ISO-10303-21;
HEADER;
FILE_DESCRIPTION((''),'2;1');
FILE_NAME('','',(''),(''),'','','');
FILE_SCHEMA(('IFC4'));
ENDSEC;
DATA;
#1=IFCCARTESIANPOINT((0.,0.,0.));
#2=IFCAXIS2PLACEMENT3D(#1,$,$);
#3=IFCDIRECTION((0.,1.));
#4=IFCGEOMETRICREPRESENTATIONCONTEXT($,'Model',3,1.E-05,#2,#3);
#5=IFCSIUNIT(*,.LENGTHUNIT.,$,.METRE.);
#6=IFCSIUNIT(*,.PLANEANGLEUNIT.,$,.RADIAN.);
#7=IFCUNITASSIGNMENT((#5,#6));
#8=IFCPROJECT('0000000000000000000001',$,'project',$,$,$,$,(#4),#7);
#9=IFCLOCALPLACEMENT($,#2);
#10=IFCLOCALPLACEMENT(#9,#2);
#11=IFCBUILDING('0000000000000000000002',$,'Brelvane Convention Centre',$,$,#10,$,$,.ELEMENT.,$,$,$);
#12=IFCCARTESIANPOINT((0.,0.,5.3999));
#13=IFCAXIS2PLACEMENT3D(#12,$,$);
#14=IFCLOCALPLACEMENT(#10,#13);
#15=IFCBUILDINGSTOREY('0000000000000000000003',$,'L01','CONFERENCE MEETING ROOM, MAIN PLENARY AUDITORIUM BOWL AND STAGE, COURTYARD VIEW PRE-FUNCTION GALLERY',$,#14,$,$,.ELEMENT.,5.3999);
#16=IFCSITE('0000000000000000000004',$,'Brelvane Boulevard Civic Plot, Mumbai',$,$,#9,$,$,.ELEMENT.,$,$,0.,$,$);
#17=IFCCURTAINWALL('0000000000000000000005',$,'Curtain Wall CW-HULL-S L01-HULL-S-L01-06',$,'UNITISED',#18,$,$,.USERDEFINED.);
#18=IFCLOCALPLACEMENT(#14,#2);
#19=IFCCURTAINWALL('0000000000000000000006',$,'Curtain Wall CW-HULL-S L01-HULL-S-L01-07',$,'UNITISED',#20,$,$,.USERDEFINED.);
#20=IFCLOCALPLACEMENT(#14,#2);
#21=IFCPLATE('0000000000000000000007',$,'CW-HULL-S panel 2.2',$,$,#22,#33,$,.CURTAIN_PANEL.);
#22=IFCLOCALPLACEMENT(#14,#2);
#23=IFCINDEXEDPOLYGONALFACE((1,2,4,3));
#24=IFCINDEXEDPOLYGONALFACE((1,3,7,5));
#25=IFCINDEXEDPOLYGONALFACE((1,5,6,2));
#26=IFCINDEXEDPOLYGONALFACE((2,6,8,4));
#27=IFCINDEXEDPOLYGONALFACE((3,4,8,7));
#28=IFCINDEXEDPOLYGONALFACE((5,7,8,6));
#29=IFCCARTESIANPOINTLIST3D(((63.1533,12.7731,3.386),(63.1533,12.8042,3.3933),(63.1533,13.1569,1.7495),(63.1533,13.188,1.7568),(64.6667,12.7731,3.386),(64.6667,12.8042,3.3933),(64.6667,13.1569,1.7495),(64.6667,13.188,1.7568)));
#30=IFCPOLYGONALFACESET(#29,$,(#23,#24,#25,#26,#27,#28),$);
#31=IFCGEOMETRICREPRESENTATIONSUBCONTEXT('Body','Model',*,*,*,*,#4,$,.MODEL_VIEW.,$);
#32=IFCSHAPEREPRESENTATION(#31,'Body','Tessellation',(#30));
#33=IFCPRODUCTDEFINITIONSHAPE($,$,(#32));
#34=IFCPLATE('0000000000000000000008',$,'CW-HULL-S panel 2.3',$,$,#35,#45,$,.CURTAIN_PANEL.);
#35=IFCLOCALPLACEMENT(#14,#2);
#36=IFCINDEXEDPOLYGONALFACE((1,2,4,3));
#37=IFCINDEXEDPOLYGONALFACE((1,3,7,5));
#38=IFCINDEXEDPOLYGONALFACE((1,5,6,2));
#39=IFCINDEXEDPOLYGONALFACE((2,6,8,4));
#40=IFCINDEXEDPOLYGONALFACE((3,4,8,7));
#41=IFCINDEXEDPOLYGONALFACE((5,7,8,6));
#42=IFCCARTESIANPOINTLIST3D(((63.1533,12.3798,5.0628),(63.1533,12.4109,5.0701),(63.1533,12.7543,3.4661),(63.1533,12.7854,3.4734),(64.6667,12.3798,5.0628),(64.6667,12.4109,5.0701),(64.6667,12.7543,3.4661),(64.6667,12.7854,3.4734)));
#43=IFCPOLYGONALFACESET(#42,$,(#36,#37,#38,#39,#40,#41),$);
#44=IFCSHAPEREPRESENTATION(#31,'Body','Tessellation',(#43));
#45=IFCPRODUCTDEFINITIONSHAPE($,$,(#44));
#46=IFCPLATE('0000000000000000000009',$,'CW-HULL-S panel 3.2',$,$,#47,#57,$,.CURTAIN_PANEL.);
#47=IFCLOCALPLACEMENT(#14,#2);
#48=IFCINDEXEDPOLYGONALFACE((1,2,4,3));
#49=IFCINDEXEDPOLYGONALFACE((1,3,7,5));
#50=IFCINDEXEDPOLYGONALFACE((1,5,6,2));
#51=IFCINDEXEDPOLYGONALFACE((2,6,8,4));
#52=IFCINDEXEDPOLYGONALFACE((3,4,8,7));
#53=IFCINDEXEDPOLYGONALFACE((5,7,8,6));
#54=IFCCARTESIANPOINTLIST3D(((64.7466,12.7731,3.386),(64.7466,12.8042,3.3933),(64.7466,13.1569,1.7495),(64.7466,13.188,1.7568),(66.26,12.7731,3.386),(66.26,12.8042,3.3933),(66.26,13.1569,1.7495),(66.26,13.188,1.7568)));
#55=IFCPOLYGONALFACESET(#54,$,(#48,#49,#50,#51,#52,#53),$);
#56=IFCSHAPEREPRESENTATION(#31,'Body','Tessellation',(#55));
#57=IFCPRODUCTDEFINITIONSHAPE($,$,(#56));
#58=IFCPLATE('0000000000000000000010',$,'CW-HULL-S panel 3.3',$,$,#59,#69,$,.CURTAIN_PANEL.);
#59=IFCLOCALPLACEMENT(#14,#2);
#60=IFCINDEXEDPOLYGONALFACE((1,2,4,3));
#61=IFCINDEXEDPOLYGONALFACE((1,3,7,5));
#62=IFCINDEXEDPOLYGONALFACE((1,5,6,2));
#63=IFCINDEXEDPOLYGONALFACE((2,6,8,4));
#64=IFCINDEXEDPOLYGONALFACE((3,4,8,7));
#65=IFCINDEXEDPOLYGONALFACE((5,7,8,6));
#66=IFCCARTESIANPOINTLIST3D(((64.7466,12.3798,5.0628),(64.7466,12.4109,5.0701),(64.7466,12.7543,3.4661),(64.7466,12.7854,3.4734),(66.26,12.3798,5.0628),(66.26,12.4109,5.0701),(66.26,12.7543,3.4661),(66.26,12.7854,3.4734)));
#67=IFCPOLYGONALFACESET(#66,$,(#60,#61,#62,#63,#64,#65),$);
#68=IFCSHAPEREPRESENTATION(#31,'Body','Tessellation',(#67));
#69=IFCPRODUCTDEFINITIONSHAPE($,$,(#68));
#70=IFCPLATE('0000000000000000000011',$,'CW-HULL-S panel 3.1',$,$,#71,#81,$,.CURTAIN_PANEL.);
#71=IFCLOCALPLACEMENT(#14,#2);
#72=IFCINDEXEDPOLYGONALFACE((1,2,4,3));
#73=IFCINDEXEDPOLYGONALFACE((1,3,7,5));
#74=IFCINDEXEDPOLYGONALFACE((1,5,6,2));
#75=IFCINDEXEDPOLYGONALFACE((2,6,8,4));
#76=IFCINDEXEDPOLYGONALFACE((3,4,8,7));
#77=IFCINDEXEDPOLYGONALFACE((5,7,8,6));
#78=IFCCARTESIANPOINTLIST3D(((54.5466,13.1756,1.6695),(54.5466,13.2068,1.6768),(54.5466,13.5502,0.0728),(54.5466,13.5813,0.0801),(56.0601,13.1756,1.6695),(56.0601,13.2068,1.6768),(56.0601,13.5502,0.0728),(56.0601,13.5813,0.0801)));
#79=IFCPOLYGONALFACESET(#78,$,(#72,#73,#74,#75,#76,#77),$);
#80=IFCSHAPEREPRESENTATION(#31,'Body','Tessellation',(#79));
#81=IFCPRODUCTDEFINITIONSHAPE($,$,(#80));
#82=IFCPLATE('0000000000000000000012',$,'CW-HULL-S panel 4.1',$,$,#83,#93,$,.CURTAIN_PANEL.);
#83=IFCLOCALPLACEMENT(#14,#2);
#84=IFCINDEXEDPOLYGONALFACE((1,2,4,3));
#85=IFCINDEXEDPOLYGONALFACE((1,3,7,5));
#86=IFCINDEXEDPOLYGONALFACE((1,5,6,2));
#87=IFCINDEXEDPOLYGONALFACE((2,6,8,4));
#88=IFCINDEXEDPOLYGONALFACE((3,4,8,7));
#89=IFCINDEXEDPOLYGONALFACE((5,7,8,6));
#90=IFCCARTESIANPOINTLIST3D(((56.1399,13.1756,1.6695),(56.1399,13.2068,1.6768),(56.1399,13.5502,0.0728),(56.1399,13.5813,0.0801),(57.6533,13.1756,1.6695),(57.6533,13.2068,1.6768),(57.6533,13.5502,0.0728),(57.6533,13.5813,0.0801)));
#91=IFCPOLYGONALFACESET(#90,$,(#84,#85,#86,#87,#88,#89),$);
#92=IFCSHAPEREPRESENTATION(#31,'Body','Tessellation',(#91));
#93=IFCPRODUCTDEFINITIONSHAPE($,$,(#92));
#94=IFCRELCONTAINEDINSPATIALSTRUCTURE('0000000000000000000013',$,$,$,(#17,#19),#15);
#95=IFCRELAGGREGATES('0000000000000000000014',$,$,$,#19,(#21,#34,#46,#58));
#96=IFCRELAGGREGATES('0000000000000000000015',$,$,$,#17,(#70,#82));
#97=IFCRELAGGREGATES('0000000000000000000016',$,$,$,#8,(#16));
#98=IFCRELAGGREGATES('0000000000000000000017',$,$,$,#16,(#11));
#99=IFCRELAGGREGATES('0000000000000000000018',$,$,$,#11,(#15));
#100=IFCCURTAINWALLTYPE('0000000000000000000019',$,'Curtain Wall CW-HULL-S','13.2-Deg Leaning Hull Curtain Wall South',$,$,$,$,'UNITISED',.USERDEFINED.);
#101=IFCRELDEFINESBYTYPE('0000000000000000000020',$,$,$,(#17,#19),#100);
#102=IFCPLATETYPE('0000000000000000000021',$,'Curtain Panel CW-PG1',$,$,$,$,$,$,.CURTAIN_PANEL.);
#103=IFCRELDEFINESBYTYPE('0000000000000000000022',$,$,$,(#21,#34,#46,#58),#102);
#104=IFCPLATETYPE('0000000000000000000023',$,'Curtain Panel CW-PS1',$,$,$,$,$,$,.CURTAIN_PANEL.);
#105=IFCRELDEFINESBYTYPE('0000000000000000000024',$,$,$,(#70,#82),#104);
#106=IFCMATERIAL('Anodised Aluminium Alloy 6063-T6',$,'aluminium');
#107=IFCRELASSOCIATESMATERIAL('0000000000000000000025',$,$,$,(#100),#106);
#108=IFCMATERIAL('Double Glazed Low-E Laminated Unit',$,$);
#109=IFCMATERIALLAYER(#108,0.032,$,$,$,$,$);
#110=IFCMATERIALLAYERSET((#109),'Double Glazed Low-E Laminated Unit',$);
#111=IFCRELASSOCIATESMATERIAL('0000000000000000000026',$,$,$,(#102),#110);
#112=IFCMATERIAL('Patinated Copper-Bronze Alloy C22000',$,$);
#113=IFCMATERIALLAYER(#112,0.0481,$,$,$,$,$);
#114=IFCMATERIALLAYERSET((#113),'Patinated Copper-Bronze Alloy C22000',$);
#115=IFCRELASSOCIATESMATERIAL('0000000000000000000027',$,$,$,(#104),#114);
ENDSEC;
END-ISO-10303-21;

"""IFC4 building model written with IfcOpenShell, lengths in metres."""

from ifc_helpers import new_model, si_unit, direction, frame, origin, place, context, subcontext, project, spatial, polyline, outline, extrude, material, layer, layer_set, type_object, element, aggregate, save


model = new_model("IFC4")

# Units and contexts
model_context = context("Model", 3, precision=1e-05, world=origin(), true_north=direction((0.0, 1.0)))
body_context = subcontext(model_context, "Body", "Model", "MODEL_VIEW")
ifc_project = project(units=[si_unit("LENGTHUNIT", "METRE"), si_unit("PLANEANGLEUNIT", "RADIAN")], contexts=[model_context])

# Site, building, storey
site_placement = place(None, origin())
site = spatial("IfcSite", under=ifc_project, at=site_placement, Name="Brelvane Boulevard Civic Plot, Mumbai", CompositionType="ELEMENT", RefElevation=0.0)
building_placement = place(site_placement, origin())
building = spatial("IfcBuilding", under=site, at=building_placement, Name="Brelvane Convention Centre", CompositionType="ELEMENT")
storey_placement = place(building_placement, frame((0.0, 0.0, 5.3999)))
storey = spatial("IfcBuildingStorey", under=building, at=storey_placement, Name="L01", Description="CONFERENCE MEETING ROOM, MAIN PLENARY AUDITORIUM BOWL AND STAGE, COURTYARD VIEW PRE-FUNCTION GALLERY", CompositionType="ELEMENT", Elevation=5.3999)

# Curtain walls
ifc_material_1 = material(Name="Anodised Aluminium Alloy 6063-T6", Category="aluminium")
curtain_wall_type = type_object("IfcCurtainWallType", Name="Curtain Wall CW-HULL-S", Description="13.2-Deg Leaning Hull Curtain Wall South", ElementType="UNITISED", PredefinedType="USERDEFINED", material=ifc_material_1)
curtain_wall_1_placement = place(storey_placement, origin())
curtain_wall_1 = element("IfcCurtainWall", 1, at=curtain_wall_1_placement, inside=storey, type_object=curtain_wall_type, Name="Curtain Wall CW-HULL-S L01-HULL-S-L01-06", ObjectType="UNITISED", PredefinedType="USERDEFINED")
curtain_wall_2_placement = place(storey_placement, origin())
curtain_wall_2 = element("IfcCurtainWall", 2, at=curtain_wall_2_placement, inside=storey, type_object=curtain_wall_type, Name="Curtain Wall CW-HULL-S L01-HULL-S-L01-07", ObjectType="UNITISED", PredefinedType="USERDEFINED")

# Plates
ifc_material_2 = material(Name="Double Glazed Low-E Laminated Unit")
ifc_layer_1 = layer(ifc_material_2, 0.032)
ifc_layer_set_1 = layer_set([ifc_layer_1], Name="Double Glazed Low-E Laminated Unit")
plate_type_1 = type_object("IfcPlateType", Name="Curtain Panel CW-PG1", PredefinedType="CURTAIN_PANEL", material=ifc_layer_set_1)
plate_1_placement = place(storey_placement, frame((63.1533, 13.188, 1.7568), z_axis=(0.0, 0.973585, 0.228327), x_axis=(1.0, 0.0, 0.0)))
plate_1 = element("IfcPlate", 3, at=plate_1_placement, type_object=plate_type_1, Name="CW-HULL-S panel 2.2", PredefinedType="CURTAIN_PANEL", context=body_context, shape_type="SweptSolid", body=[
    extrude(outline(polyline([(0.0, 0.0), (1.5134, 0.0), (1.5134, -1.6809), (0.0, -1.6809), (0.0, 0.0)])), origin(), (0.0, 0.0, -1.0), 0.032),
])
plate_2_placement = place(storey_placement, frame((63.1533, 12.7854, 3.4734), z_axis=(0.0, 0.973577, 0.228359), x_axis=(1.0, 0.0, 0.0)))
plate_2 = element("IfcPlate", 4, at=plate_2_placement, type_object=plate_type_1, Name="CW-HULL-S panel 2.3", PredefinedType="CURTAIN_PANEL", context=body_context, shape_type="SweptSolid", body=[
    extrude(outline(polyline([(0.0, 0.0), (1.5134, 0.0), (1.5134, -1.64), (0.0, -1.64), (0.0, 0.0)])), origin(), (0.0, 0.0, -1.0), 0.032),
])
plate_3_placement = place(storey_placement, frame((64.7466, 13.188, 1.7568), z_axis=(0.0, 0.973585, 0.228327), x_axis=(1.0, 0.0, 0.0)))
plate_3 = element("IfcPlate", 5, at=plate_3_placement, type_object=plate_type_1, Name="CW-HULL-S panel 3.2", PredefinedType="CURTAIN_PANEL", context=body_context, shape_type="SweptSolid", body=[
    extrude(outline(polyline([(0.0, 0.0), (1.5134, 0.0), (1.5134, -1.6809), (0.0, -1.6809), (0.0, 0.0)])), origin(), (0.0, 0.0, -1.0), 0.032),
])
plate_4_placement = place(storey_placement, frame((64.7466, 12.7854, 3.4734), z_axis=(0.0, 0.973577, 0.228359), x_axis=(1.0, 0.0, 0.0)))
plate_4 = element("IfcPlate", 6, at=plate_4_placement, type_object=plate_type_1, Name="CW-HULL-S panel 3.3", PredefinedType="CURTAIN_PANEL", context=body_context, shape_type="SweptSolid", body=[
    extrude(outline(polyline([(0.0, 0.0), (1.5134, 0.0), (1.5134, -1.64), (0.0, -1.64), (0.0, 0.0)])), origin(), (0.0, 0.0, -1.0), 0.032),
])
aggregate(curtain_wall_2, [plate_1, plate_2, plate_3, plate_4])
ifc_material_3 = material(Name="Patinated Copper-Bronze Alloy C22000")
ifc_layer_2 = layer(ifc_material_3, 0.0481)
ifc_layer_set_2 = layer_set([ifc_layer_2], Name="Patinated Copper-Bronze Alloy C22000")
plate_type_2 = type_object("IfcPlateType", Name="Curtain Panel CW-PS1", PredefinedType="CURTAIN_PANEL", material=ifc_layer_set_2)
plate_5_placement = place(storey_placement, frame((54.5466, 13.5813, 0.0801), z_axis=(0.0, 0.973577, 0.228359), x_axis=(1.0, 0.0, 0.0)))
plate_5 = element("IfcPlate", 7, at=plate_5_placement, type_object=plate_type_2, Name="CW-HULL-S panel 3.1", PredefinedType="CURTAIN_PANEL", context=body_context, shape_type="SweptSolid", body=[
    extrude(outline(polyline([(0.0, 0.0), (1.5134, 0.0), (1.5134, -1.64), (0.0, -1.64), (0.0, 0.0)])), origin(), (0.0, 0.0, -1.0), 0.032),
])
plate_6_placement = place(storey_placement, frame((56.1399, 13.5813, 0.0801), z_axis=(0.0, 0.973577, 0.228359), x_axis=(1.0, 0.0, 0.0)))
plate_6 = element("IfcPlate", 8, at=plate_6_placement, type_object=plate_type_2, Name="CW-HULL-S panel 4.1", PredefinedType="CURTAIN_PANEL", context=body_context, shape_type="SweptSolid", body=[
    extrude(outline(polyline([(0.0, 0.0), (1.5134, 0.0), (1.5134, -1.64), (0.0, -1.64), (0.0, 0.0)])), origin(), (0.0, 0.0, -1.0), 0.032),
])
aggregate(curtain_wall_1, [plate_5, plate_6])

save(model, "model.ifc")
